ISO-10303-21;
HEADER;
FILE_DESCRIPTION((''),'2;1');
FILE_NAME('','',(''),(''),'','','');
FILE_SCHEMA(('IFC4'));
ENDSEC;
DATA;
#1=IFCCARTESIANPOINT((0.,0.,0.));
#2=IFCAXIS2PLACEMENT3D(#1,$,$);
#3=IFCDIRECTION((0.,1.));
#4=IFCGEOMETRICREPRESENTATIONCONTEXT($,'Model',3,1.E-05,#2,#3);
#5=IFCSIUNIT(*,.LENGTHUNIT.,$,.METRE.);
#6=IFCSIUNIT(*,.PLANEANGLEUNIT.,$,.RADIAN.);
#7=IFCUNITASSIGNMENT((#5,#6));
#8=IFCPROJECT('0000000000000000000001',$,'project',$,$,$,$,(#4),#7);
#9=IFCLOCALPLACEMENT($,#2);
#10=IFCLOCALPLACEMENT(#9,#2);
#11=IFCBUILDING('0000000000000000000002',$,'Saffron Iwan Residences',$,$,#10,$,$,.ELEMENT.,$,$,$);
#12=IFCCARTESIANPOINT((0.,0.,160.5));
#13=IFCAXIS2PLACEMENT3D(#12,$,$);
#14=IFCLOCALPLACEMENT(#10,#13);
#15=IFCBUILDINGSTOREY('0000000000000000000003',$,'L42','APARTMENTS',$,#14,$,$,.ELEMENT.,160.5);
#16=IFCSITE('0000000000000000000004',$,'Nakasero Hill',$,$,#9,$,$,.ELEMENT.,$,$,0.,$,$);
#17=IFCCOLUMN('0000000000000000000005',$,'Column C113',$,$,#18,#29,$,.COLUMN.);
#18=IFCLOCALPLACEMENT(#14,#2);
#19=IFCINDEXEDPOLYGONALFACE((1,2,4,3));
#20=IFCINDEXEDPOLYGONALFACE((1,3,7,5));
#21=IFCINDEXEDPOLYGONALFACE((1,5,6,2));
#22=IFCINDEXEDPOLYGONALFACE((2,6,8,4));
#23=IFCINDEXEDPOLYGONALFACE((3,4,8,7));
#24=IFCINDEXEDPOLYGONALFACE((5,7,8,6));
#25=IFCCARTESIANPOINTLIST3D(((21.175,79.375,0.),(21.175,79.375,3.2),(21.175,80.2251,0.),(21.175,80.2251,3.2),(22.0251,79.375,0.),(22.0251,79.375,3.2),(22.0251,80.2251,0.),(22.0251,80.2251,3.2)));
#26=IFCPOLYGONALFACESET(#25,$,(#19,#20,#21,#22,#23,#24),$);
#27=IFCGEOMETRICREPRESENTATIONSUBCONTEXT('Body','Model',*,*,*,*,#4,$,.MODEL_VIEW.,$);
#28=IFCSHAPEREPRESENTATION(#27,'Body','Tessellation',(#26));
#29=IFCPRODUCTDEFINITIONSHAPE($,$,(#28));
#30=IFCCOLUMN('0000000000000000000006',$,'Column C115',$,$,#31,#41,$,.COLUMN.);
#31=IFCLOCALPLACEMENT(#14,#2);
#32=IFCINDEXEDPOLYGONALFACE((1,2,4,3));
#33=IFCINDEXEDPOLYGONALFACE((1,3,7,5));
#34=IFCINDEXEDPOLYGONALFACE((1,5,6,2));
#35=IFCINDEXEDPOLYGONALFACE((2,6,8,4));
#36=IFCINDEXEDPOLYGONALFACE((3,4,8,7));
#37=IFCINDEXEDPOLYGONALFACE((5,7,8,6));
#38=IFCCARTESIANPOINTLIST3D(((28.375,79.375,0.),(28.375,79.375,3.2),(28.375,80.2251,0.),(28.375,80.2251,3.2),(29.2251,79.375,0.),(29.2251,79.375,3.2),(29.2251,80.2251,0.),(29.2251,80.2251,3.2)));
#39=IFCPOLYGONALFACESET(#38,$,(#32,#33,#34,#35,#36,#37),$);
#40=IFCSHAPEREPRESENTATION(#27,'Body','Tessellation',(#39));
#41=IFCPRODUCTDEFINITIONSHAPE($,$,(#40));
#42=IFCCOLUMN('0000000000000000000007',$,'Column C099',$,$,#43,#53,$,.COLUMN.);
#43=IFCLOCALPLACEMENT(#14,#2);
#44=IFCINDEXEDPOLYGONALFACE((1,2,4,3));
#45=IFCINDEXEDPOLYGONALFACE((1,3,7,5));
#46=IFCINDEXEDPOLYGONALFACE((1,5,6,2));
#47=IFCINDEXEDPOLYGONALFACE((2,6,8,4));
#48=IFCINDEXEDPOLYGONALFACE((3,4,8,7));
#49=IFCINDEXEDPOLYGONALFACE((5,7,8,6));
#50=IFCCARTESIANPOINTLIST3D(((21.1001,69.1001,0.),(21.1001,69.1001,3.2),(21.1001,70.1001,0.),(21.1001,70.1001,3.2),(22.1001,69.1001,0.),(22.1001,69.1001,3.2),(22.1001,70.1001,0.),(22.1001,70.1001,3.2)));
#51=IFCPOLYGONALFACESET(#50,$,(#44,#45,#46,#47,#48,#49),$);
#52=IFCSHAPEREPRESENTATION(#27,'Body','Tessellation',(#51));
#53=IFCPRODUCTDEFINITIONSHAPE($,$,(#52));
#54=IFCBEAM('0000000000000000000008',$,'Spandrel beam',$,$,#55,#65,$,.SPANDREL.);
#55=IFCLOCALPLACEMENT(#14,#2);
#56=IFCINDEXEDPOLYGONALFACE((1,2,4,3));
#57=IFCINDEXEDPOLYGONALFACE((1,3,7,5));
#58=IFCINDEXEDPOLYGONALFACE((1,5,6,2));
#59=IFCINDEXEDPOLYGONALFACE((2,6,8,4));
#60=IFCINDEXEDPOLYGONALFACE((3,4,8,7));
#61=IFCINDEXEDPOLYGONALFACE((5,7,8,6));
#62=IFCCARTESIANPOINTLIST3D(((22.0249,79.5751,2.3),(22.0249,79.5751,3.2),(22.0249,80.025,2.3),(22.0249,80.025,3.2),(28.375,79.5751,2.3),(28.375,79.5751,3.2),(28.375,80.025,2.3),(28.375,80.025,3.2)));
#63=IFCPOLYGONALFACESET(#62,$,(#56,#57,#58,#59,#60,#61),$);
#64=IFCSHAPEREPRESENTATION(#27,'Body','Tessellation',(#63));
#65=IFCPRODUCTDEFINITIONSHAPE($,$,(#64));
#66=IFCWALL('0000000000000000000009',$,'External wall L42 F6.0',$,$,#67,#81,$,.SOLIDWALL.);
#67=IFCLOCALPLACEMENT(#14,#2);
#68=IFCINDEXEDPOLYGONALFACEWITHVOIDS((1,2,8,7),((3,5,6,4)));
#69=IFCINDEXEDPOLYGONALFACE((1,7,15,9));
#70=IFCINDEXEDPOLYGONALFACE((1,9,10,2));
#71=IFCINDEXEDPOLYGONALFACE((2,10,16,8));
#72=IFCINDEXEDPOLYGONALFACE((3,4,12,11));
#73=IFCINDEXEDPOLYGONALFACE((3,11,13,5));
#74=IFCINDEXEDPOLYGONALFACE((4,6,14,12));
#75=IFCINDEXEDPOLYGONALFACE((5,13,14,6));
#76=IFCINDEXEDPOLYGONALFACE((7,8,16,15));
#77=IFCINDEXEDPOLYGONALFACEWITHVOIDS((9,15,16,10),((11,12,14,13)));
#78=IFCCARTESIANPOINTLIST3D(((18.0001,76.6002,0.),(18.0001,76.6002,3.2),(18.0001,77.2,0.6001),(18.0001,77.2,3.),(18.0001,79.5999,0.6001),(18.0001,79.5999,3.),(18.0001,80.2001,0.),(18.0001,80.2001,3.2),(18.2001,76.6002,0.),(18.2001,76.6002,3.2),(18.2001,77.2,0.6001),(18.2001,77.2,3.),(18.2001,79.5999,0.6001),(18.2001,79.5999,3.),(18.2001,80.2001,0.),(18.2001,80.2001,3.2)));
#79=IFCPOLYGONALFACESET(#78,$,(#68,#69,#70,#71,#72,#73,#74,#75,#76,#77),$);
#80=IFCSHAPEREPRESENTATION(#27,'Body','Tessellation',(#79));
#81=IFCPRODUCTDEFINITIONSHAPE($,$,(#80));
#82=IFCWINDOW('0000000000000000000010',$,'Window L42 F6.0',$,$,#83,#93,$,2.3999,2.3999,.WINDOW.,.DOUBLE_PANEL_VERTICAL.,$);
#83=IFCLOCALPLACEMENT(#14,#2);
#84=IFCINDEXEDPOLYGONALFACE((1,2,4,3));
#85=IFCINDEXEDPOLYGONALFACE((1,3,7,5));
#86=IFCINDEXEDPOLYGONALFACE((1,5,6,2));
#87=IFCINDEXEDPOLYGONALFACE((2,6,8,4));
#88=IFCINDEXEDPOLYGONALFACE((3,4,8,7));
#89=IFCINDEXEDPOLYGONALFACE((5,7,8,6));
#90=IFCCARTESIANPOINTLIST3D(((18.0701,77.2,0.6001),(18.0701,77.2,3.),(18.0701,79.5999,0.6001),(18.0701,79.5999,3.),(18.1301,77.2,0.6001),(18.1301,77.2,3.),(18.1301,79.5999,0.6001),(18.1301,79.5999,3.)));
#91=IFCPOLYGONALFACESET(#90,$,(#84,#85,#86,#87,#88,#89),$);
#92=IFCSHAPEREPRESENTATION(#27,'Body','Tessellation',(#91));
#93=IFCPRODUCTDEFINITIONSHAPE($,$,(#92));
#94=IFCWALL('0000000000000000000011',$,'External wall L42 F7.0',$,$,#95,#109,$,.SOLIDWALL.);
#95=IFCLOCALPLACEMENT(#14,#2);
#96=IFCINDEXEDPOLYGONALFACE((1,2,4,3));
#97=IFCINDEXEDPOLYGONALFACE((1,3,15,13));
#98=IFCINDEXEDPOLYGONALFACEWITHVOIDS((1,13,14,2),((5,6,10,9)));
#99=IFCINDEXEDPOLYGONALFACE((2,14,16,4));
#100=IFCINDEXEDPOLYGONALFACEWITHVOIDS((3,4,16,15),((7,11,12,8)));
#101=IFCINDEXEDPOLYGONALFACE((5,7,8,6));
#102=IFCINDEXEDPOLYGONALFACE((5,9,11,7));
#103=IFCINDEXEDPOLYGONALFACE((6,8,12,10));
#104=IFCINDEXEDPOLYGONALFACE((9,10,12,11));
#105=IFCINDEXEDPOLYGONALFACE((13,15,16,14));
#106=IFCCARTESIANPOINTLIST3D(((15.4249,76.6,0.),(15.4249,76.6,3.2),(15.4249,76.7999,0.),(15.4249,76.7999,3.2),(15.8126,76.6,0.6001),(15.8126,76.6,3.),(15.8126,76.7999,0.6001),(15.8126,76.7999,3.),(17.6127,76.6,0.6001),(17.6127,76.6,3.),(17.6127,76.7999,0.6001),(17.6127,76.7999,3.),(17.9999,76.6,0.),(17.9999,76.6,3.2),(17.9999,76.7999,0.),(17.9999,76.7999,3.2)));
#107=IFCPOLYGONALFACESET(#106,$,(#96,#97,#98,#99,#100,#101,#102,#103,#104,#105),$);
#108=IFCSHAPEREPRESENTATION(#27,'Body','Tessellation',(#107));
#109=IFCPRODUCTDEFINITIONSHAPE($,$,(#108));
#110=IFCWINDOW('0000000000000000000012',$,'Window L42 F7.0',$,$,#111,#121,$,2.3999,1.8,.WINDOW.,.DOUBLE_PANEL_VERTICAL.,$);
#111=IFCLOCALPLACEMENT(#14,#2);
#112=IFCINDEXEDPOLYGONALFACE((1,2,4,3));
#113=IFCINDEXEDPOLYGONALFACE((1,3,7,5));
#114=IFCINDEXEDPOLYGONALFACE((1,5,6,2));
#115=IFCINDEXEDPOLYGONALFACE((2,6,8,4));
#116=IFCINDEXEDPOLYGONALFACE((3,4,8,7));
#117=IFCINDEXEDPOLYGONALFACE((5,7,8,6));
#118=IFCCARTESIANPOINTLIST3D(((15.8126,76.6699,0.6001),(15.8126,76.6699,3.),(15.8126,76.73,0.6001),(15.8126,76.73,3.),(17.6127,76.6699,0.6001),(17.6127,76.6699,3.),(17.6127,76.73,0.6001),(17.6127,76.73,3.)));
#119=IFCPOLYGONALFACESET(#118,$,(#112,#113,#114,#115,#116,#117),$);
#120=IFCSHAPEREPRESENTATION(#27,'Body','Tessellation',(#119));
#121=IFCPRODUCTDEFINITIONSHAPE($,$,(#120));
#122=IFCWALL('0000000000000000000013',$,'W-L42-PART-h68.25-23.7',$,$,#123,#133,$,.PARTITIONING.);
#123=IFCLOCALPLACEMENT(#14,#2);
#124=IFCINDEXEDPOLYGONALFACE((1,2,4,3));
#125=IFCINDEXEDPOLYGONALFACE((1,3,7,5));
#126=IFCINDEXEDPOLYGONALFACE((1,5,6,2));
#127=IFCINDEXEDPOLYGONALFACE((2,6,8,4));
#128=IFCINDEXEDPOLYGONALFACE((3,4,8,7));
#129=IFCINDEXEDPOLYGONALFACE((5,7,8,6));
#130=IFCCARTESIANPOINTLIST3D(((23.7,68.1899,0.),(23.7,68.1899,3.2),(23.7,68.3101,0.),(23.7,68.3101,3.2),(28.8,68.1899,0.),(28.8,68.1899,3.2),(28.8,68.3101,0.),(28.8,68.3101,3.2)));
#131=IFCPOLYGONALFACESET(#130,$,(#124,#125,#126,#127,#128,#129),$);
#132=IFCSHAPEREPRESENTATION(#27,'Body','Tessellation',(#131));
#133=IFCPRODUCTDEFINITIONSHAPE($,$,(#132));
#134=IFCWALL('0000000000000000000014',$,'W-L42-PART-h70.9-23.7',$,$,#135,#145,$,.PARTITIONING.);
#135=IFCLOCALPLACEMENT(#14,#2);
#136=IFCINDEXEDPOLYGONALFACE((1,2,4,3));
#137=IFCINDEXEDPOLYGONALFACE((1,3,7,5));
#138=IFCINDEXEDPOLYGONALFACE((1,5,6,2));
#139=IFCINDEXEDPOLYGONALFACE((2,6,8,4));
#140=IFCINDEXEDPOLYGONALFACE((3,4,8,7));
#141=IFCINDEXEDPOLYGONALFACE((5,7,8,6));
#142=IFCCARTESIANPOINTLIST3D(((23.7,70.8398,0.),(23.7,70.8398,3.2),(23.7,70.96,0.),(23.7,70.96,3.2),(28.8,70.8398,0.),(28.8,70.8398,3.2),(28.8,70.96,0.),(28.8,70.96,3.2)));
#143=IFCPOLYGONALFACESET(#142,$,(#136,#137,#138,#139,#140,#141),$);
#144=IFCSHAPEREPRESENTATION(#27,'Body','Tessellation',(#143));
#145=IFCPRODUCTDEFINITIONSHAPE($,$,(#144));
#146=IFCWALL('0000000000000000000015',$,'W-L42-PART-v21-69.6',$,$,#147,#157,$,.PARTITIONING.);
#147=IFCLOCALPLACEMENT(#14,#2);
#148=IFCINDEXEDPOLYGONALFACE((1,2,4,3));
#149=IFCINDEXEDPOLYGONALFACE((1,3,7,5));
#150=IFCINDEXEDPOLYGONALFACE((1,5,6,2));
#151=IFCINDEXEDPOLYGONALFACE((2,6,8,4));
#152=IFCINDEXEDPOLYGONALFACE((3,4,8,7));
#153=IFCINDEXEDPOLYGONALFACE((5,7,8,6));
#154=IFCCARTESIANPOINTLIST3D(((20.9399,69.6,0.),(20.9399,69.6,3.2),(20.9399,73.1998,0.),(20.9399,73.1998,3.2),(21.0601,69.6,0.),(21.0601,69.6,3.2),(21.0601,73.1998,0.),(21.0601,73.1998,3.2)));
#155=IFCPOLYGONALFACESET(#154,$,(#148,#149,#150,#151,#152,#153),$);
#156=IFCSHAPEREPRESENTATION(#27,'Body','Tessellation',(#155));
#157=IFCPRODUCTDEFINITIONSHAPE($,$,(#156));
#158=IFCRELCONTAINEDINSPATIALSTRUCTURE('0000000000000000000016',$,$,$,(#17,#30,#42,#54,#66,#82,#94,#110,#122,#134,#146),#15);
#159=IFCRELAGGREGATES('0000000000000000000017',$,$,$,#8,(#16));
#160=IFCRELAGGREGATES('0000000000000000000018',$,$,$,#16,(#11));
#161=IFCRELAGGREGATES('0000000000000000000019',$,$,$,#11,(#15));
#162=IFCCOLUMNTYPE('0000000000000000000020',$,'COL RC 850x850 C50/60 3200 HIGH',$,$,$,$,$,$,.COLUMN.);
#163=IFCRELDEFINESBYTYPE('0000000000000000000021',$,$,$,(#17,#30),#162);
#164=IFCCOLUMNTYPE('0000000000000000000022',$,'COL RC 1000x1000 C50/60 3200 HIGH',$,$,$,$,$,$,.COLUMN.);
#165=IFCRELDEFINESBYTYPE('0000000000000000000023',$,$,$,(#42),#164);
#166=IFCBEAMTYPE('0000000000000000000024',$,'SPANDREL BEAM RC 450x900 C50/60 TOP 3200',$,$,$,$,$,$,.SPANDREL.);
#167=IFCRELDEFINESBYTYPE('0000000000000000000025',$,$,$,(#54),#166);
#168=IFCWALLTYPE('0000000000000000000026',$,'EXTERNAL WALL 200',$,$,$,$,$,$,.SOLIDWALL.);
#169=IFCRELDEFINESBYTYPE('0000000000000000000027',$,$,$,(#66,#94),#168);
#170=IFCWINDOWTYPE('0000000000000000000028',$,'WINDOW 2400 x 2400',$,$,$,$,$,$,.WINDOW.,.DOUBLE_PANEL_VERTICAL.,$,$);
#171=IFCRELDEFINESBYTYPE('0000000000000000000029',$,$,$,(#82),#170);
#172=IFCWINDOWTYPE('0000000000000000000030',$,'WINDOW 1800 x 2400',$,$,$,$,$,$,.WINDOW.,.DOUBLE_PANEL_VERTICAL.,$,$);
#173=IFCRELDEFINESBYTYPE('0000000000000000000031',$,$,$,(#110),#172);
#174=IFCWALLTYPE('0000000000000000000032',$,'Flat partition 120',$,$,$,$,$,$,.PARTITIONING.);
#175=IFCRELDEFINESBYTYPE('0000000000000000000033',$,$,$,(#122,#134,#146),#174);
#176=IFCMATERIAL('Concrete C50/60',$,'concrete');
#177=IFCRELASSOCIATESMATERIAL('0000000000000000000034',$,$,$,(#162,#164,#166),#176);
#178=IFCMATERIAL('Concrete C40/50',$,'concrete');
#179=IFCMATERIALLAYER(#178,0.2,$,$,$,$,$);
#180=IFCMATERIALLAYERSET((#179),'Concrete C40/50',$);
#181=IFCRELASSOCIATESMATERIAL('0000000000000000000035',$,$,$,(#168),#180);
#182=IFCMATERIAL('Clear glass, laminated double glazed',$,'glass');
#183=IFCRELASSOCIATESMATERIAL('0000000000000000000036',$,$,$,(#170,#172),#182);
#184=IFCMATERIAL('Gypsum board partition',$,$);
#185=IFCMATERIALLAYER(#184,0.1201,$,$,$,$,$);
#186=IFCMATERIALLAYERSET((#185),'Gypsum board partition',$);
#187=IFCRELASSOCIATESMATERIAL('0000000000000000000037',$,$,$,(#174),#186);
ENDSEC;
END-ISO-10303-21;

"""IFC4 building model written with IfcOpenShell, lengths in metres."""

from ifc_helpers import new_model, si_unit, direction, frame, frame_2d, origin, origin_2d, place, context, subcontext, project, spatial, rectangle, extrude, source, transform, mapped, material, layer, layer_set, material_profile, profile_set, type_object, element, fill, save


model = new_model("IFC4")

# Units and contexts
model_context = context("Model", 3, precision=1e-05, world=origin(), true_north=direction((0.0, 1.0)))
body_context = subcontext(model_context, "Body", "Model", "MODEL_VIEW")
ifc_project = project(units=[si_unit("LENGTHUNIT", "METRE"), si_unit("PLANEANGLEUNIT", "RADIAN")], contexts=[model_context])

# Site, building, storey
site_placement = place(None, origin())
site = spatial("IfcSite", under=ifc_project, at=site_placement, Name="Nakasero Hill", CompositionType="ELEMENT", RefElevation=0.0)
building_placement = place(site_placement, origin())
building = spatial("IfcBuilding", under=site, at=building_placement, Name="Saffron Iwan Residences", CompositionType="ELEMENT")
storey_placement = place(building_placement, frame((0.0, 0.0, 160.5)))
storey = spatial("IfcBuildingStorey", under=building, at=storey_placement, Name="L42", Description="APARTMENTS", CompositionType="ELEMENT", Elevation=160.5)

# Columns
ifc_material_1 = material(Name="Concrete C50/60", Category="concrete")
ifc_material_profile_1 = material_profile(ifc_material_1, rectangle(XDim=0.8501, YDim=0.8501, at=origin_2d()), Name="RC 850x850")
ifc_profile_set_1 = profile_set([ifc_material_profile_1], Name="Concrete C50/60")
column_type_1 = type_object("IfcColumnType", Name="COL RC 850x850 C50/60 3200 HIGH", PredefinedType="COLUMN", material=ifc_profile_set_1)
shared_shape_1 = source(origin(), body_context, "Body", "SweptSolid", [
    extrude(rectangle(XDim=0.8501, YDim=0.8501, at=origin_2d()), origin(), (0.0, 0.0, 1.0), 3.2),
])
for number, where, z_axis, x_axis, name in (
    (1, (21.6001, 79.8, 0.0), (0.0, 0.0, 1.0), (1.0, 0.0, 0.0), "Column C113"),
    (2, (28.8, 79.8, 0.0), (0.0, 0.0, 1.0), (1.0, 0.0, 0.0), "Column C115"),
):
    element("IfcColumn", number, at=place(storey_placement, frame(where, z_axis=z_axis, x_axis=x_axis)), inside=storey, type_object=column_type_1, Name=name, PredefinedType="COLUMN", context=body_context, shape_type="MappedRepresentation", body=[
        mapped(shared_shape_1, transform((0.0, 0.0, 0.0))),
    ])
ifc_material_profile_2 = material_profile(ifc_material_1, rectangle(XDim=1.0, YDim=1.0, at=origin_2d()), Name="RC 1000x1000")
ifc_profile_set_2 = profile_set([ifc_material_profile_2], Name="Concrete C50/60")
column_type_2 = type_object("IfcColumnType", Name="COL RC 1000x1000 C50/60 3200 HIGH", PredefinedType="COLUMN", material=ifc_profile_set_2)
shared_shape_2 = source(origin(), body_context, "Body", "SweptSolid", [
    extrude(rectangle(XDim=1.0, YDim=1.0, at=origin_2d()), origin(), (0.0, 0.0, 1.0), 3.2),
])
column_placement = place(storey_placement, frame((21.6001, 69.6001, 0.0), z_axis=(0.0, 0.0, 1.0), x_axis=(1.0, 0.0, 0.0)))
element("IfcColumn", 3, at=column_placement, inside=storey, type_object=column_type_2, Name="Column C099", PredefinedType="COLUMN", context=body_context, shape_type="MappedRepresentation", body=[
    mapped(shared_shape_2, transform((0.0, 0.0, 0.0))),
])

# Beam
ifc_material_profile_3 = material_profile(ifc_material_1, rectangle(XDim=0.45, YDim=0.8999, at=origin_2d()), Name="RC 450x900")
ifc_profile_set_3 = profile_set([ifc_material_profile_3], Name="Concrete C50/60")
beam_type = type_object("IfcBeamType", Name="SPANDREL BEAM RC 450x900 C50/60 TOP 3200", PredefinedType="SPANDREL", material=ifc_profile_set_3)
shared_shape_3 = source(origin(), body_context, "Body", "SweptSolid", [
    extrude(rectangle(XDim=0.45, YDim=0.8999, at=origin_2d()), origin(), (0.0, 0.0, 1.0), 6.3501),
])
beam_placement = place(storey_placement, frame((22.0249, 79.8, 2.75), z_axis=(1.0, 0.0, 0.0), x_axis=(0.0, 1.0, 0.0)))
element("IfcBeam", 4, at=beam_placement, inside=storey, type_object=beam_type, Name="Spandrel beam", PredefinedType="SPANDREL", context=body_context, shape_type="MappedRepresentation", body=[
    mapped(shared_shape_3, transform((0.0, 0.0, 0.0))),
])

# Walls, openings, windows
ifc_material_2 = material(Name="Concrete C40/50", Category="concrete")
ifc_layer_1 = layer(ifc_material_2, 0.2)
ifc_layer_set_1 = layer_set([ifc_layer_1], Name="Concrete C40/50")
wall_type_1 = type_object("IfcWallType", Name="EXTERNAL WALL 200", PredefinedType="SOLIDWALL", material=ifc_layer_set_1)
wall_1_placement = place(storey_placement, frame((18.1001, 80.2, 0.0), z_axis=(0.0, 0.0, 1.0), x_axis=(0.0, -1.0, 0.0)))
wall_1 = element("IfcWall", 5, at=wall_1_placement, inside=storey, type_object=wall_type_1, Name="External wall L42 F6.0", PredefinedType="SOLIDWALL", context=body_context, shape_type="SweptSolid", body=[
    extrude(rectangle(XDim=3.5999, YDim=0.2, at=frame_2d((1.7998, 0.0))), origin(), (0.0, 0.0, 1.0), 3.2),
])
opening_1_placement = place(wall_1_placement, frame((0.6001, 0.0, 0.6001)))
opening_1 = element("IfcOpeningElement", 6, at=opening_1_placement, cuts=wall_1, PredefinedType="OPENING", context=body_context, shape_type="SweptSolid", body=[
    extrude(rectangle(XDim=2.3999, YDim=2.3999, at=frame_2d((1.2, 1.2))), frame((0.0, 0.1099, 0.0), z_axis=(0.0, -1.0, 0.0), x_axis=(1.0, 0.0, 0.0)), (0.0, 0.0, 1.0), 0.22),
])
ifc_material_3 = material(Name="Clear glass, laminated double glazed", Category="glass")
window_type_1 = type_object("IfcWindowType", Name="WINDOW 2400 x 2400", PartitioningType="DOUBLE_PANEL_VERTICAL", PredefinedType="WINDOW", material=ifc_material_3)
window_1_placement = place(opening_1_placement, origin())
window_1 = element("IfcWindow", 7, at=window_1_placement, inside=storey, type_object=window_type_1, Name="Window L42 F6.0", OverallHeight=2.3999, OverallWidth=2.3999, PartitioningType="DOUBLE_PANEL_VERTICAL", PredefinedType="WINDOW", context=body_context, shape_type="SweptSolid", body=[
    extrude(rectangle(XDim=2.3999, YDim=2.3999, at=frame_2d((1.2, 1.2))), frame((0.0, 0.03, 0.0), z_axis=(0.0, -1.0, 0.0), x_axis=(1.0, 0.0, 0.0)), (0.0, 0.0, 1.0), 0.0601),
])
fill(opening_1, window_1)
wall_2_placement = place(storey_placement, frame((18.0, 76.7, 0.0), z_axis=(0.0, 0.0, 1.0), x_axis=(-1.0, 0.0, 0.0)))
wall_2 = element("IfcWall", 8, at=wall_2_placement, inside=storey, type_object=wall_type_1, Name="External wall L42 F7.0", PredefinedType="SOLIDWALL", context=body_context, shape_type="SweptSolid", body=[
    extrude(rectangle(XDim=2.575, YDim=0.2, at=frame_2d((1.2876, 0.0))), origin(), (0.0, 0.0, 1.0), 3.2),
])
opening_2_placement = place(wall_2_placement, frame((0.3875, 0.0, 0.6001)))
opening_2 = element("IfcOpeningElement", 9, at=opening_2_placement, cuts=wall_2, PredefinedType="OPENING", context=body_context, shape_type="SweptSolid", body=[
    extrude(rectangle(XDim=1.8, YDim=2.3999, at=frame_2d((0.8999, 1.2))), frame((0.0, 0.1099, 0.0), z_axis=(0.0, -1.0, 0.0), x_axis=(1.0, 0.0, 0.0)), (0.0, 0.0, 1.0), 0.22),
])
window_type_2 = type_object("IfcWindowType", Name="WINDOW 1800 x 2400", PartitioningType="DOUBLE_PANEL_VERTICAL", PredefinedType="WINDOW", material=ifc_material_3)
window_2_placement = place(opening_2_placement, origin())
window_2 = element("IfcWindow", 10, at=window_2_placement, inside=storey, type_object=window_type_2, Name="Window L42 F7.0", OverallHeight=2.3999, OverallWidth=1.8, PartitioningType="DOUBLE_PANEL_VERTICAL", PredefinedType="WINDOW", context=body_context, shape_type="SweptSolid", body=[
    extrude(rectangle(XDim=1.8, YDim=2.3999, at=frame_2d((0.8999, 1.2))), frame((0.0, 0.03, 0.0), z_axis=(0.0, -1.0, 0.0), x_axis=(1.0, 0.0, 0.0)), (0.0, 0.0, 1.0), 0.0601),
])
fill(opening_2, window_2)

# Walls
ifc_material_4 = material(Name="Gypsum board partition")
ifc_layer_2 = layer(ifc_material_4, 0.1201)
ifc_layer_set_2 = layer_set([ifc_layer_2], Name="Gypsum board partition")
wall_type_2 = type_object("IfcWallType", Name="Flat partition 120", PredefinedType="PARTITIONING", material=ifc_layer_set_2)
for number, where, z_axis, x_axis, name in (
    (11, (23.7, 68.25, 0.0), (0.0, 0.0, 1.0), (1.0, 0.0, 0.0), "W-L42-PART-h68.25-23.7"),
    (12, (23.7, 70.8999, 0.0), (0.0, 0.0, 1.0), (1.0, 0.0, 0.0), "W-L42-PART-h70.9-23.7"),
):
    element("IfcWall", number, at=place(storey_placement, frame(where, z_axis=z_axis, x_axis=x_axis)), inside=storey, type_object=wall_type_2, Name=name, PredefinedType="PARTITIONING", context=body_context, shape_type="SweptSolid", body=[
        extrude(rectangle(XDim=5.1001, YDim=0.1201, at=frame_2d((2.55, 0.0))), origin(), (0.0, 0.0, 1.0), 3.2),
    ])
wall_3_placement = place(storey_placement, frame((21.0, 69.6001, 0.0), z_axis=(0.0, 0.0, 1.0), x_axis=(0.0, 1.0, 0.0)))
element("IfcWall", 13, at=wall_3_placement, inside=storey, type_object=wall_type_2, Name="W-L42-PART-v21-69.6", PredefinedType="PARTITIONING", context=body_context, shape_type="SweptSolid", body=[
    extrude(rectangle(XDim=3.5999, YDim=0.1201, at=frame_2d((1.7998, 0.0))), origin(), (0.0, 0.0, 1.0), 3.2),
])

save(model, "model.ifc")
